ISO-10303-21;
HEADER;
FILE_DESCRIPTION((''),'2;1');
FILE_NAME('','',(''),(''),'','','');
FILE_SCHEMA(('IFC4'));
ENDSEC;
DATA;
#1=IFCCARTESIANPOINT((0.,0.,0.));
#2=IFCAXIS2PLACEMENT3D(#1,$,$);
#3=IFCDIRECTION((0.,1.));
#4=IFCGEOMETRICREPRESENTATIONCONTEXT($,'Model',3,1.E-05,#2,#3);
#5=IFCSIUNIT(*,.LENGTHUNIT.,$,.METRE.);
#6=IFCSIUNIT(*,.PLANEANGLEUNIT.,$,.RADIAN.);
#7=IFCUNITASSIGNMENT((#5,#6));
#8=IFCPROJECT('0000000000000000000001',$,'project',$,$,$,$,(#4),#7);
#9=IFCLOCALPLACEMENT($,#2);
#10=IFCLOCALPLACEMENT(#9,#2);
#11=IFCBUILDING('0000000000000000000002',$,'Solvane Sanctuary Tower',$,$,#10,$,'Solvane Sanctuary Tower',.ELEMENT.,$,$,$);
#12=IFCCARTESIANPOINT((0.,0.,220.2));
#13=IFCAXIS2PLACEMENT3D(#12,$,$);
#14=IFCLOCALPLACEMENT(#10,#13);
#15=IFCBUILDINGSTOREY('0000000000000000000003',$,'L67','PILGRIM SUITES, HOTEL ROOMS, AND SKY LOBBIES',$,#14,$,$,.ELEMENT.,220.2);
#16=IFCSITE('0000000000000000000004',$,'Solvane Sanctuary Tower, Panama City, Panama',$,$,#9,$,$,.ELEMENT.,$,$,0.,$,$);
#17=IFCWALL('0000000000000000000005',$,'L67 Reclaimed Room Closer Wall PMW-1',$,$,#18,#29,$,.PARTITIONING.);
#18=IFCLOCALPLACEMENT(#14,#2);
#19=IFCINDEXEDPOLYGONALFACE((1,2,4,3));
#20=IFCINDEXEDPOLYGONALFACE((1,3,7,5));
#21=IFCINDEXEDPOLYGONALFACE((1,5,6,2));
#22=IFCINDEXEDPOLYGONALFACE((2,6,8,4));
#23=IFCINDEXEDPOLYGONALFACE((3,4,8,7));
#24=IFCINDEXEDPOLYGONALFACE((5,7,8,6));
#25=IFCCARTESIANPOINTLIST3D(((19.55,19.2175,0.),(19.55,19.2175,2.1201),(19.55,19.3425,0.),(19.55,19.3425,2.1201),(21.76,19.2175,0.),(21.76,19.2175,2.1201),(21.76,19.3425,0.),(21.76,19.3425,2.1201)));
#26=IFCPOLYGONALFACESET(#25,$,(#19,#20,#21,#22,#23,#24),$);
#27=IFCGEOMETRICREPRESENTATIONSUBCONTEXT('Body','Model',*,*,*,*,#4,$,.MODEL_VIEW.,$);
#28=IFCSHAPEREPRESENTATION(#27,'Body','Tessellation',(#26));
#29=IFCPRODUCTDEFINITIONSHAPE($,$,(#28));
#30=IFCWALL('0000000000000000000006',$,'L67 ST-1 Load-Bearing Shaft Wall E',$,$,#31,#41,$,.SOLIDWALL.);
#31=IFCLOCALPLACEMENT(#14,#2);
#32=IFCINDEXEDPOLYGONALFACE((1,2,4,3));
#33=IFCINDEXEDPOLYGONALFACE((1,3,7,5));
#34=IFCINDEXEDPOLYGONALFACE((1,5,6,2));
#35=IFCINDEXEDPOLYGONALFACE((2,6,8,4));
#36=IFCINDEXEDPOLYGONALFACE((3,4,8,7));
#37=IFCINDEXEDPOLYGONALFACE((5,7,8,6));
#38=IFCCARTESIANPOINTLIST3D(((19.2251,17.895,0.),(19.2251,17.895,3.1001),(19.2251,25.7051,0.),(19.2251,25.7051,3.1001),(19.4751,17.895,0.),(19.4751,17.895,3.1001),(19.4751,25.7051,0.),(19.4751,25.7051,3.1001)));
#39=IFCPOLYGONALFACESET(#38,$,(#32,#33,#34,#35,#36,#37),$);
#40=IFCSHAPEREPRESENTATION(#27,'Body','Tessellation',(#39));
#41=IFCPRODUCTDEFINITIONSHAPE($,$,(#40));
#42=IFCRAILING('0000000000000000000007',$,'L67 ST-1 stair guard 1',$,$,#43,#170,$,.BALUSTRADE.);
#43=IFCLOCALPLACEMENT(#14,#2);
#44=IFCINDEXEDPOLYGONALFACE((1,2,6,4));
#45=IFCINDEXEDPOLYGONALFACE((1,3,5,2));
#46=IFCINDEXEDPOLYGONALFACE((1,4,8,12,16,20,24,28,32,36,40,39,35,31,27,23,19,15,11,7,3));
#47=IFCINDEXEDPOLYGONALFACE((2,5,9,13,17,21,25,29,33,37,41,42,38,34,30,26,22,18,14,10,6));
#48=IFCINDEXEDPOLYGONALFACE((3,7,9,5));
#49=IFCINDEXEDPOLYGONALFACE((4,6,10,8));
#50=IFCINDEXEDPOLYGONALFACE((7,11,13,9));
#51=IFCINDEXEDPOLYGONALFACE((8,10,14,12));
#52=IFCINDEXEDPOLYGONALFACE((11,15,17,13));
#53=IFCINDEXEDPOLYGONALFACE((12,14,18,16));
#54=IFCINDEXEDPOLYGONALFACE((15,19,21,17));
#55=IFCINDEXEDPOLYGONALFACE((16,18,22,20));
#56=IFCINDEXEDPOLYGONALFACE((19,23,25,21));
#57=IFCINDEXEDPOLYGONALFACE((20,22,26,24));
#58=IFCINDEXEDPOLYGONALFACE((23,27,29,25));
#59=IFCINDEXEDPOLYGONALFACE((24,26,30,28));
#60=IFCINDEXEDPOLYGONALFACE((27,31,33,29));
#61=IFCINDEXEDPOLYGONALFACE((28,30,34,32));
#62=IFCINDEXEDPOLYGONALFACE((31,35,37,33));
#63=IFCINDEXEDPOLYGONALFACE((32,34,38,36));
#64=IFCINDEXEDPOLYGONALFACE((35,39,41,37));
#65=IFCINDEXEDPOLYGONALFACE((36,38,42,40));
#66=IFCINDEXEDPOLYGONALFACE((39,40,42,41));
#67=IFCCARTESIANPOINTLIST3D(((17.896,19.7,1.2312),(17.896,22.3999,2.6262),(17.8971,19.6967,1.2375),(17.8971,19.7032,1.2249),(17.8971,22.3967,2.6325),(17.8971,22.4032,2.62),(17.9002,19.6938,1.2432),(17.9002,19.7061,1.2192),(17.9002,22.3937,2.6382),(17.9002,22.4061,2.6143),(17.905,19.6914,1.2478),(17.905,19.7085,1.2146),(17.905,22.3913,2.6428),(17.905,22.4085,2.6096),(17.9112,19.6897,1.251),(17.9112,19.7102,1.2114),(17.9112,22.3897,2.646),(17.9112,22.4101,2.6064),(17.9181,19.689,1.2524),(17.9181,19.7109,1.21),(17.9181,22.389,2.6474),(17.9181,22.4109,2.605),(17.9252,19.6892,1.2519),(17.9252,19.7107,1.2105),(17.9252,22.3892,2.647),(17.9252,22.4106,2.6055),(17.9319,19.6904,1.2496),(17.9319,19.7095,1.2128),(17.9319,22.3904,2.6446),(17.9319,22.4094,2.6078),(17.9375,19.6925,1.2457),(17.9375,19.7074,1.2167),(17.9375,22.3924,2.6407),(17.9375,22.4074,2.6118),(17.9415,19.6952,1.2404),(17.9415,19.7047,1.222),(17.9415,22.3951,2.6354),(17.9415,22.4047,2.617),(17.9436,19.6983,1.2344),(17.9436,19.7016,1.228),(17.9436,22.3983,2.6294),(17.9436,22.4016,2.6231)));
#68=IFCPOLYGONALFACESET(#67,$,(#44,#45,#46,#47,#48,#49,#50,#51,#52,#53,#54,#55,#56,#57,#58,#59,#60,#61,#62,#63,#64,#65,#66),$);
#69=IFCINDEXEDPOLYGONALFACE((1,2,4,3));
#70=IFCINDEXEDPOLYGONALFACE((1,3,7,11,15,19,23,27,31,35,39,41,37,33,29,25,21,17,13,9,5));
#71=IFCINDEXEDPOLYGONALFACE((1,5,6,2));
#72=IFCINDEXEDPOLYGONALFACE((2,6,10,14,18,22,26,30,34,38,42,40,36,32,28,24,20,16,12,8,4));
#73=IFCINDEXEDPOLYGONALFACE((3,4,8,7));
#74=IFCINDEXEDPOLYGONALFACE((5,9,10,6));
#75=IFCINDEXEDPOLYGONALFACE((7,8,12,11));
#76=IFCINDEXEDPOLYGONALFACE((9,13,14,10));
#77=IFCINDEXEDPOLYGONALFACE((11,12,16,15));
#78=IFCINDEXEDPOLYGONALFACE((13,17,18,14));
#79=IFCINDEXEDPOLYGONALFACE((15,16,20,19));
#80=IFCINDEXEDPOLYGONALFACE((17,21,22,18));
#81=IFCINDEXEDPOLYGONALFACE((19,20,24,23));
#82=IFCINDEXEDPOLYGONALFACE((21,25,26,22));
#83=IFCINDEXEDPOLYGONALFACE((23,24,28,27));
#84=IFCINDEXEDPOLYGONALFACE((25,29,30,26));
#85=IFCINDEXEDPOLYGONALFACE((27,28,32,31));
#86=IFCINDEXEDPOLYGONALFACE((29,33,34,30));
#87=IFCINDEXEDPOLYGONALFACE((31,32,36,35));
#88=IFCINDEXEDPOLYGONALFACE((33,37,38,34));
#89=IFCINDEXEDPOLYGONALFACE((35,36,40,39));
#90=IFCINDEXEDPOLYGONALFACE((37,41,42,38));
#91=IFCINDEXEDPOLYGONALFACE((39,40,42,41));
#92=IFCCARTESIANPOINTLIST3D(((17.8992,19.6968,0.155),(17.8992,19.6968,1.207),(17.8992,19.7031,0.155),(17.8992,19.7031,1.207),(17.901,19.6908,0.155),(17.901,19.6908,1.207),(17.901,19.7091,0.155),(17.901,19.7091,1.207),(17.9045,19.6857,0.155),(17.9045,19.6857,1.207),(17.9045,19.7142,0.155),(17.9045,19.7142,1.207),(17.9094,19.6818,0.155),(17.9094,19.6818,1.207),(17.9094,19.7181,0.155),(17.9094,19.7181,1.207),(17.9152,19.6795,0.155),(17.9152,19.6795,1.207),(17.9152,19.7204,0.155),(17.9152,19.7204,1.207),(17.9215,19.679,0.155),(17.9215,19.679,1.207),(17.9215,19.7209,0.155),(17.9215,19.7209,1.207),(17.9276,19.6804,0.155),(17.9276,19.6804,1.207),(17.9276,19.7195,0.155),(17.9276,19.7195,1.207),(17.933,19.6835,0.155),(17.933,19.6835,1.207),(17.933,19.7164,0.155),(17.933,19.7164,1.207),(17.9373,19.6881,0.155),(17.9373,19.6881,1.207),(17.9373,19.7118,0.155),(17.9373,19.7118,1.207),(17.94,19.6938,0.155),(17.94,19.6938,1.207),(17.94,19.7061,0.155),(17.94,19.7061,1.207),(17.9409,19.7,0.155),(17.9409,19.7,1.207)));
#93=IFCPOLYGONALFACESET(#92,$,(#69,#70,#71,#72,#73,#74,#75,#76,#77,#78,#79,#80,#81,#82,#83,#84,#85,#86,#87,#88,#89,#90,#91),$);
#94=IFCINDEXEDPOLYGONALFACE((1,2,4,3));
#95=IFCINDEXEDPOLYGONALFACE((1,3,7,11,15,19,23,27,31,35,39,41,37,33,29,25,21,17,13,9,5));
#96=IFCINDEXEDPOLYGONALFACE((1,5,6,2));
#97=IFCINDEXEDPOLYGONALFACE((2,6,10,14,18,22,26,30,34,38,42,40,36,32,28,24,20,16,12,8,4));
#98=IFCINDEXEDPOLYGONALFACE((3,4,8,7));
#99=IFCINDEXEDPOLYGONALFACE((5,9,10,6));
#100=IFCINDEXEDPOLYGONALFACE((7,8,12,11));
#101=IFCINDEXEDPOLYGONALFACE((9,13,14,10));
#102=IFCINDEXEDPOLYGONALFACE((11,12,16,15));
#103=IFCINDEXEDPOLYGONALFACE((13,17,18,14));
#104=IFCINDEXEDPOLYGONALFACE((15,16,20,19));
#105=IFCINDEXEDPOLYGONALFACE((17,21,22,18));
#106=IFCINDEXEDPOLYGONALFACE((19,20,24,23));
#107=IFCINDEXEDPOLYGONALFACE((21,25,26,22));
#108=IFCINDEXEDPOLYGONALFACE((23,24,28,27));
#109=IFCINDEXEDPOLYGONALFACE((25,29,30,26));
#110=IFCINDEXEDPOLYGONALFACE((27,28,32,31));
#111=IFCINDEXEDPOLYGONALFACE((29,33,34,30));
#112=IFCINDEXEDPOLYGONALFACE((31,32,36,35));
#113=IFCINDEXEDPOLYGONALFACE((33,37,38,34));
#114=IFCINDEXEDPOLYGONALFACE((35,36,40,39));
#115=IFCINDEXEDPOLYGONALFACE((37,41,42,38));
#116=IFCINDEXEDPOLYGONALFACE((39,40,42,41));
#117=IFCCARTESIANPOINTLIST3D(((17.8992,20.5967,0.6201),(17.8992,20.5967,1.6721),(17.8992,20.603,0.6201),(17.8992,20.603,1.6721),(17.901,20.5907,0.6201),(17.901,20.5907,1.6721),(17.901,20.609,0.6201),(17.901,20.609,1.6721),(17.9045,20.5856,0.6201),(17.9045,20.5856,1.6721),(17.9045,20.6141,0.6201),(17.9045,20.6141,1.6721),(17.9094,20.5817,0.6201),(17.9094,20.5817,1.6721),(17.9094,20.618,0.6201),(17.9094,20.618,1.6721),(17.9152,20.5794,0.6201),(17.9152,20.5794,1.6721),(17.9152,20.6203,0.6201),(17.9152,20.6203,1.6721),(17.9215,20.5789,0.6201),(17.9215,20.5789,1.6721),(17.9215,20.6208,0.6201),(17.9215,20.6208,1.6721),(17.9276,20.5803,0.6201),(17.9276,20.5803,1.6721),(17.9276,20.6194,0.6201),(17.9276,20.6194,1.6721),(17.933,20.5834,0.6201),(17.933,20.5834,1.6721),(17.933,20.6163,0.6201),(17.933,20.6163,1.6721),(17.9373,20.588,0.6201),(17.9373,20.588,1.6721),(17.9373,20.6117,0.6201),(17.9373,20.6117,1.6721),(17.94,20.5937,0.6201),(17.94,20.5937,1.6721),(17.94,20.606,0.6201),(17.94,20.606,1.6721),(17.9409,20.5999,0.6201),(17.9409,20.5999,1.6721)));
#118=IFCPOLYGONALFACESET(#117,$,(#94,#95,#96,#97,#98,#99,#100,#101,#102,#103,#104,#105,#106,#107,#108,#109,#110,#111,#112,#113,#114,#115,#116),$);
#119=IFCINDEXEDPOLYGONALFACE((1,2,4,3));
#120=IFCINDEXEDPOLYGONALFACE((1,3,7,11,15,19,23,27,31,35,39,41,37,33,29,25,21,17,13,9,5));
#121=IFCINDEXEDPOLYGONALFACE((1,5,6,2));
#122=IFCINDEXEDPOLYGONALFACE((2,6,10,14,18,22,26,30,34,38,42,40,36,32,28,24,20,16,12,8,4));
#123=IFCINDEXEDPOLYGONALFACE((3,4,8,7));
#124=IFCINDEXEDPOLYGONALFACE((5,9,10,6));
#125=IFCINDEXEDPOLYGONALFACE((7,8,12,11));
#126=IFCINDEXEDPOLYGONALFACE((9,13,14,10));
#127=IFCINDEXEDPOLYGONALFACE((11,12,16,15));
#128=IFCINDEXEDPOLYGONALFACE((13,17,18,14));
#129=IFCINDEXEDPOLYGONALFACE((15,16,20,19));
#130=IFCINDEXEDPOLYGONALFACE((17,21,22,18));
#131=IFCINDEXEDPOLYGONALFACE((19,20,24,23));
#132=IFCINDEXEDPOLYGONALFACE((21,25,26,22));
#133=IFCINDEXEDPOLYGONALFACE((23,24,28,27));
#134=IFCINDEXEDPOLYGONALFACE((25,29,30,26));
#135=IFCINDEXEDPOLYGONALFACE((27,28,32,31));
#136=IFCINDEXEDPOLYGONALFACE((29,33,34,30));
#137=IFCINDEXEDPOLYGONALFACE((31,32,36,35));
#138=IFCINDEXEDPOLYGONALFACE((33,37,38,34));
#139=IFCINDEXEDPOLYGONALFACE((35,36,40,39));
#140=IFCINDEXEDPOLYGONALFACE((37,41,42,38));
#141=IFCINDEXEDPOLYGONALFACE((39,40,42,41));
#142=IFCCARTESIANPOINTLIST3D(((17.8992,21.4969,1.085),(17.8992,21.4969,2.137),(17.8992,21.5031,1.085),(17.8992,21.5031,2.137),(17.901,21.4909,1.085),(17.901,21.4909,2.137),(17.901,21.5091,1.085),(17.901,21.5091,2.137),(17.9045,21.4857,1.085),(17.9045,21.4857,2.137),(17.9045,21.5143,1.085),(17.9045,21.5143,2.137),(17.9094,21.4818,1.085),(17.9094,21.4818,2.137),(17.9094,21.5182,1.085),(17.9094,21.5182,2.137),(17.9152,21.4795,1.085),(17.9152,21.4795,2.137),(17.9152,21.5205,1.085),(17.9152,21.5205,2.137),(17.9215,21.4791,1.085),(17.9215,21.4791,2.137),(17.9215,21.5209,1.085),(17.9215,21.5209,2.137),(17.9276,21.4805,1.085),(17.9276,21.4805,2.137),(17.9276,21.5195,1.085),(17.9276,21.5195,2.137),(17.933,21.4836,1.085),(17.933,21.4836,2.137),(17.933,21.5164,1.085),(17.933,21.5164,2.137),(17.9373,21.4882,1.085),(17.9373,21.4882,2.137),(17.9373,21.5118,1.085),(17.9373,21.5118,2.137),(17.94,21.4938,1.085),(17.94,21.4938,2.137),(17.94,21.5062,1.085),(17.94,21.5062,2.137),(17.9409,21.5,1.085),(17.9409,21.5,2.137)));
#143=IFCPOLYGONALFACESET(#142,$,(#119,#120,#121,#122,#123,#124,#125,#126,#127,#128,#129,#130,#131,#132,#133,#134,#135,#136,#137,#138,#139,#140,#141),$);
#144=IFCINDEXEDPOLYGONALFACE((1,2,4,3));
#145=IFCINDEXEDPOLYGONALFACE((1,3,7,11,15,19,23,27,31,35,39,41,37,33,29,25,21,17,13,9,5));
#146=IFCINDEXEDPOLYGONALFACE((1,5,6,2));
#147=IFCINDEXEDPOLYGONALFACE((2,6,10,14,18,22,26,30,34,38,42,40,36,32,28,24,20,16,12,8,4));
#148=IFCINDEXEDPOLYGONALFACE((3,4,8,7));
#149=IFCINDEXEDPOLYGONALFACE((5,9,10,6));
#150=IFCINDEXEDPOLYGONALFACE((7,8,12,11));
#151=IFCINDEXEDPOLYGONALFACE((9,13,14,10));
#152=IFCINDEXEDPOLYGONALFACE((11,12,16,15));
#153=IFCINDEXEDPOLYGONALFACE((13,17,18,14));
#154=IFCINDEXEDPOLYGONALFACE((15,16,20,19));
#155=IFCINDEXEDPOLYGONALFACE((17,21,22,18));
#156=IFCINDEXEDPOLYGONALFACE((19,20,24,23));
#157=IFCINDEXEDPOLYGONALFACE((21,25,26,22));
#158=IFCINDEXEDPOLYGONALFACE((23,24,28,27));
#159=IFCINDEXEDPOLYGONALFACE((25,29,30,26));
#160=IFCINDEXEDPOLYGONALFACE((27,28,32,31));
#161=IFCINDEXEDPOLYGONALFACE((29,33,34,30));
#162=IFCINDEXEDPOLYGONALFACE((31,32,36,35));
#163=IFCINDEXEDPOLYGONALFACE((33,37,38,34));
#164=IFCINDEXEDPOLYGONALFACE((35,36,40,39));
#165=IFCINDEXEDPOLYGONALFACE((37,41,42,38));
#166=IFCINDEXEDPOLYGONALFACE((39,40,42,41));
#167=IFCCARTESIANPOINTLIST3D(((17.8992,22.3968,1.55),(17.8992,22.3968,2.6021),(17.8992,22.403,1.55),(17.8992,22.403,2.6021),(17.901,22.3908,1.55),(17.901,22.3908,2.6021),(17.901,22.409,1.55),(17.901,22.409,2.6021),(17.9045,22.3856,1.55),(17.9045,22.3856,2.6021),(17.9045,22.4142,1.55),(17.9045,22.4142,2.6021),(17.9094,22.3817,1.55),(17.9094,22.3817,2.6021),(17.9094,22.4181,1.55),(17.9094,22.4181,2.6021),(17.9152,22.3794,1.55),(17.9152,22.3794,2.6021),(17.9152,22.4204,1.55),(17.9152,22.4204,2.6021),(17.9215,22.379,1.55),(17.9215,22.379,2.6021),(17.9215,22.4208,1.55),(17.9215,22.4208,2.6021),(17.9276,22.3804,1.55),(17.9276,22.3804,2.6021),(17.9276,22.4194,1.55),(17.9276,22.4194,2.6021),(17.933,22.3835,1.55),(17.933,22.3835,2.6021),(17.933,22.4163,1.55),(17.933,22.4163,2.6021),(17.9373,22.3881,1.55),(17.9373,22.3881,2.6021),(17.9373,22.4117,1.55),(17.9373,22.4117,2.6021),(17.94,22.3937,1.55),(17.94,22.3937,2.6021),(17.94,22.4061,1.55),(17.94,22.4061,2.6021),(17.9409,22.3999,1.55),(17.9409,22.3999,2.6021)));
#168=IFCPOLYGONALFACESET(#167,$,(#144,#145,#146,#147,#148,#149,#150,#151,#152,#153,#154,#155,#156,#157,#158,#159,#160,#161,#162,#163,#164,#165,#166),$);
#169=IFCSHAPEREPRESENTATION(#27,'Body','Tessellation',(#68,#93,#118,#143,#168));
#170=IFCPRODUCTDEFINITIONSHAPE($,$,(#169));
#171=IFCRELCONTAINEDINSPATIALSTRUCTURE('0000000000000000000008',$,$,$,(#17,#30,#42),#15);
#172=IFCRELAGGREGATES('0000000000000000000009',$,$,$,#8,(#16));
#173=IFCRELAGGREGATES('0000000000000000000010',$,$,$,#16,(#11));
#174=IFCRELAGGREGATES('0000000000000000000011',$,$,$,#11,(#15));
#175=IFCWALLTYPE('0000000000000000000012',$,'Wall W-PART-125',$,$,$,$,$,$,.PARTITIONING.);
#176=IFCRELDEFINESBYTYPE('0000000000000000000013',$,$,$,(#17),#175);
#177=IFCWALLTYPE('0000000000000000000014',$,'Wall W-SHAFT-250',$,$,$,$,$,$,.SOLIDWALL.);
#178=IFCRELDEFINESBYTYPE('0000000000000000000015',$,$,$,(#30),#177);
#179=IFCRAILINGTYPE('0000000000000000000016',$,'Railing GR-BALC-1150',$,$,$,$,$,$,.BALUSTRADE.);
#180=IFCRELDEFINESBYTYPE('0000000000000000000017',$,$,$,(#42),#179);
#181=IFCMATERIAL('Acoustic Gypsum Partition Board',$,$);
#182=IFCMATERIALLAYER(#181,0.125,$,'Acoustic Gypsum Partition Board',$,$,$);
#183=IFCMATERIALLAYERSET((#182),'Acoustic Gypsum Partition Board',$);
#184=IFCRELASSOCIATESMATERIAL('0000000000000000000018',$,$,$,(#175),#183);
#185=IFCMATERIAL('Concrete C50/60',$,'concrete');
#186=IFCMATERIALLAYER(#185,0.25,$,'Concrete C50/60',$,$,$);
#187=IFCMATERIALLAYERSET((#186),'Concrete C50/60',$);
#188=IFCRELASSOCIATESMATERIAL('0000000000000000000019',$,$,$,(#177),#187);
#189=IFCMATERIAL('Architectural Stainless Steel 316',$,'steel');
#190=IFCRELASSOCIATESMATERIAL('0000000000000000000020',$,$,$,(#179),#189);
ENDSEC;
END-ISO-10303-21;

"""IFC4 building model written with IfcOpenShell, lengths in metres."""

from ifc_helpers import new_model, si_unit, direction, frame, frame_2d, origin, origin_2d, place, context, subcontext, project, spatial, rectangle, circle, extrude, material, layer, layer_set, type_object, element, save


model = new_model("IFC4")

# Units and contexts
model_context = context("Model", 3, precision=1e-05, world=origin(), true_north=direction((0.0, 1.0)))
body_context = subcontext(model_context, "Body", "Model", "MODEL_VIEW")
ifc_project = project(units=[si_unit("LENGTHUNIT", "METRE"), si_unit("PLANEANGLEUNIT", "RADIAN")], contexts=[model_context])

# Site, building, storey
site_placement = place(None, origin())
site = spatial("IfcSite", under=ifc_project, at=site_placement, Name="Solvane Sanctuary Tower, Panama City, Panama", CompositionType="ELEMENT", RefElevation=0.0)
building_placement = place(site_placement, origin())
building = spatial("IfcBuilding", under=site, at=building_placement, Name="Solvane Sanctuary Tower", LongName="Solvane Sanctuary Tower", CompositionType="ELEMENT")
storey_placement = place(building_placement, frame((0.0, 0.0, 220.2)))
storey = spatial("IfcBuildingStorey", under=building, at=storey_placement, Name="L67", Description="PILGRIM SUITES, HOTEL ROOMS, AND SKY LOBBIES", CompositionType="ELEMENT", Elevation=220.2)

# Shared definitions
ifc_material_1 = material(Name="Concrete C50/60", Category="concrete")

# Shared definitions
ifc_material_2 = material(Name="Acoustic Gypsum Partition Board")

# Shared definitions
ifc_layer_1 = layer(ifc_material_2, 0.125, Name="Acoustic Gypsum Partition Board")
ifc_layer_set_1 = layer_set([ifc_layer_1], Name="Acoustic Gypsum Partition Board")
wall_type_1 = type_object("IfcWallType", Name="Wall W-PART-125", PredefinedType="PARTITIONING", material=ifc_layer_set_1)
ifc_material_3 = material(Name="Architectural Stainless Steel 316", Category="steel")

# Walls
wall_1_placement = place(storey_placement, frame((19.55, 19.28, 0.0), z_axis=(0.0, 0.0, 1.0), x_axis=(1.0, 0.0, 0.0)))
element("IfcWall", 1, at=wall_1_placement, inside=storey, type_object=wall_type_1, Name="L67 Reclaimed Room Closer Wall PMW-1", PredefinedType="PARTITIONING", context=body_context, shape_type="SweptSolid", body=[
    extrude(rectangle(XDim=2.21, YDim=0.125, at=frame_2d((1.105, 0.0))), origin(), (0.0, 0.0, 1.0), 2.1201),
])
ifc_layer_2 = layer(ifc_material_1, 0.25, Name="Concrete C50/60")
ifc_layer_set_2 = layer_set([ifc_layer_2], Name="Concrete C50/60")
wall_type_2 = type_object("IfcWallType", Name="Wall W-SHAFT-250", PredefinedType="SOLIDWALL", material=ifc_layer_set_2)
wall_2_placement = place(storey_placement, frame((19.3501, 17.895, 0.0), z_axis=(0.0, 0.0, 1.0), x_axis=(0.0, 1.0, 0.0)))
element("IfcWall", 2, at=wall_2_placement, inside=storey, type_object=wall_type_2, Name="L67 ST-1 Load-Bearing Shaft Wall E", PredefinedType="SOLIDWALL", context=body_context, shape_type="SweptSolid", body=[
    extrude(rectangle(XDim=7.8101, YDim=0.25, at=frame_2d((3.905, 0.0))), origin(), (0.0, 0.0, 1.0), 3.1001),
])

# Railing
railing_type = type_object("IfcRailingType", Name="Railing GR-BALC-1150", PredefinedType="BALUSTRADE", material=ifc_material_3)
railing_1_placement = place(storey_placement, frame((17.9199, 19.7, 0.155)))
element("IfcRailing", 3, at=railing_1_placement, inside=storey, type_object=railing_type, Name="L67 ST-1 stair guard 1", PredefinedType="BALUSTRADE", context=body_context, shape_type="SweptSolid", body=[
    extrude(circle(Radius=0.0239, at=origin_2d()), frame((0.0, 0.0, 1.0762), z_axis=(0.0, 0.88842, 0.459032), x_axis=(-1.0, 0.0, 0.0)), (0.0, 0.0, 1.0), 3.0391),
    extrude(circle(Radius=0.021, at=origin_2d()), origin(), (0.0, 0.0, 1.0), 1.052),
    extrude(circle(Radius=0.021, at=origin_2d()), frame((0.0, 0.8999, 0.4651)), (0.0, 0.0, 1.0), 1.052),
    extrude(circle(Radius=0.021, at=origin_2d()), frame((0.0, 1.8, 0.9299)), (0.0, 0.0, 1.0), 1.052),
    extrude(circle(Radius=0.021, at=origin_2d()), frame((0.0, 2.7, 1.395)), (0.0, 0.0, 1.0), 1.052),
])

save(model, "model.ifc")
